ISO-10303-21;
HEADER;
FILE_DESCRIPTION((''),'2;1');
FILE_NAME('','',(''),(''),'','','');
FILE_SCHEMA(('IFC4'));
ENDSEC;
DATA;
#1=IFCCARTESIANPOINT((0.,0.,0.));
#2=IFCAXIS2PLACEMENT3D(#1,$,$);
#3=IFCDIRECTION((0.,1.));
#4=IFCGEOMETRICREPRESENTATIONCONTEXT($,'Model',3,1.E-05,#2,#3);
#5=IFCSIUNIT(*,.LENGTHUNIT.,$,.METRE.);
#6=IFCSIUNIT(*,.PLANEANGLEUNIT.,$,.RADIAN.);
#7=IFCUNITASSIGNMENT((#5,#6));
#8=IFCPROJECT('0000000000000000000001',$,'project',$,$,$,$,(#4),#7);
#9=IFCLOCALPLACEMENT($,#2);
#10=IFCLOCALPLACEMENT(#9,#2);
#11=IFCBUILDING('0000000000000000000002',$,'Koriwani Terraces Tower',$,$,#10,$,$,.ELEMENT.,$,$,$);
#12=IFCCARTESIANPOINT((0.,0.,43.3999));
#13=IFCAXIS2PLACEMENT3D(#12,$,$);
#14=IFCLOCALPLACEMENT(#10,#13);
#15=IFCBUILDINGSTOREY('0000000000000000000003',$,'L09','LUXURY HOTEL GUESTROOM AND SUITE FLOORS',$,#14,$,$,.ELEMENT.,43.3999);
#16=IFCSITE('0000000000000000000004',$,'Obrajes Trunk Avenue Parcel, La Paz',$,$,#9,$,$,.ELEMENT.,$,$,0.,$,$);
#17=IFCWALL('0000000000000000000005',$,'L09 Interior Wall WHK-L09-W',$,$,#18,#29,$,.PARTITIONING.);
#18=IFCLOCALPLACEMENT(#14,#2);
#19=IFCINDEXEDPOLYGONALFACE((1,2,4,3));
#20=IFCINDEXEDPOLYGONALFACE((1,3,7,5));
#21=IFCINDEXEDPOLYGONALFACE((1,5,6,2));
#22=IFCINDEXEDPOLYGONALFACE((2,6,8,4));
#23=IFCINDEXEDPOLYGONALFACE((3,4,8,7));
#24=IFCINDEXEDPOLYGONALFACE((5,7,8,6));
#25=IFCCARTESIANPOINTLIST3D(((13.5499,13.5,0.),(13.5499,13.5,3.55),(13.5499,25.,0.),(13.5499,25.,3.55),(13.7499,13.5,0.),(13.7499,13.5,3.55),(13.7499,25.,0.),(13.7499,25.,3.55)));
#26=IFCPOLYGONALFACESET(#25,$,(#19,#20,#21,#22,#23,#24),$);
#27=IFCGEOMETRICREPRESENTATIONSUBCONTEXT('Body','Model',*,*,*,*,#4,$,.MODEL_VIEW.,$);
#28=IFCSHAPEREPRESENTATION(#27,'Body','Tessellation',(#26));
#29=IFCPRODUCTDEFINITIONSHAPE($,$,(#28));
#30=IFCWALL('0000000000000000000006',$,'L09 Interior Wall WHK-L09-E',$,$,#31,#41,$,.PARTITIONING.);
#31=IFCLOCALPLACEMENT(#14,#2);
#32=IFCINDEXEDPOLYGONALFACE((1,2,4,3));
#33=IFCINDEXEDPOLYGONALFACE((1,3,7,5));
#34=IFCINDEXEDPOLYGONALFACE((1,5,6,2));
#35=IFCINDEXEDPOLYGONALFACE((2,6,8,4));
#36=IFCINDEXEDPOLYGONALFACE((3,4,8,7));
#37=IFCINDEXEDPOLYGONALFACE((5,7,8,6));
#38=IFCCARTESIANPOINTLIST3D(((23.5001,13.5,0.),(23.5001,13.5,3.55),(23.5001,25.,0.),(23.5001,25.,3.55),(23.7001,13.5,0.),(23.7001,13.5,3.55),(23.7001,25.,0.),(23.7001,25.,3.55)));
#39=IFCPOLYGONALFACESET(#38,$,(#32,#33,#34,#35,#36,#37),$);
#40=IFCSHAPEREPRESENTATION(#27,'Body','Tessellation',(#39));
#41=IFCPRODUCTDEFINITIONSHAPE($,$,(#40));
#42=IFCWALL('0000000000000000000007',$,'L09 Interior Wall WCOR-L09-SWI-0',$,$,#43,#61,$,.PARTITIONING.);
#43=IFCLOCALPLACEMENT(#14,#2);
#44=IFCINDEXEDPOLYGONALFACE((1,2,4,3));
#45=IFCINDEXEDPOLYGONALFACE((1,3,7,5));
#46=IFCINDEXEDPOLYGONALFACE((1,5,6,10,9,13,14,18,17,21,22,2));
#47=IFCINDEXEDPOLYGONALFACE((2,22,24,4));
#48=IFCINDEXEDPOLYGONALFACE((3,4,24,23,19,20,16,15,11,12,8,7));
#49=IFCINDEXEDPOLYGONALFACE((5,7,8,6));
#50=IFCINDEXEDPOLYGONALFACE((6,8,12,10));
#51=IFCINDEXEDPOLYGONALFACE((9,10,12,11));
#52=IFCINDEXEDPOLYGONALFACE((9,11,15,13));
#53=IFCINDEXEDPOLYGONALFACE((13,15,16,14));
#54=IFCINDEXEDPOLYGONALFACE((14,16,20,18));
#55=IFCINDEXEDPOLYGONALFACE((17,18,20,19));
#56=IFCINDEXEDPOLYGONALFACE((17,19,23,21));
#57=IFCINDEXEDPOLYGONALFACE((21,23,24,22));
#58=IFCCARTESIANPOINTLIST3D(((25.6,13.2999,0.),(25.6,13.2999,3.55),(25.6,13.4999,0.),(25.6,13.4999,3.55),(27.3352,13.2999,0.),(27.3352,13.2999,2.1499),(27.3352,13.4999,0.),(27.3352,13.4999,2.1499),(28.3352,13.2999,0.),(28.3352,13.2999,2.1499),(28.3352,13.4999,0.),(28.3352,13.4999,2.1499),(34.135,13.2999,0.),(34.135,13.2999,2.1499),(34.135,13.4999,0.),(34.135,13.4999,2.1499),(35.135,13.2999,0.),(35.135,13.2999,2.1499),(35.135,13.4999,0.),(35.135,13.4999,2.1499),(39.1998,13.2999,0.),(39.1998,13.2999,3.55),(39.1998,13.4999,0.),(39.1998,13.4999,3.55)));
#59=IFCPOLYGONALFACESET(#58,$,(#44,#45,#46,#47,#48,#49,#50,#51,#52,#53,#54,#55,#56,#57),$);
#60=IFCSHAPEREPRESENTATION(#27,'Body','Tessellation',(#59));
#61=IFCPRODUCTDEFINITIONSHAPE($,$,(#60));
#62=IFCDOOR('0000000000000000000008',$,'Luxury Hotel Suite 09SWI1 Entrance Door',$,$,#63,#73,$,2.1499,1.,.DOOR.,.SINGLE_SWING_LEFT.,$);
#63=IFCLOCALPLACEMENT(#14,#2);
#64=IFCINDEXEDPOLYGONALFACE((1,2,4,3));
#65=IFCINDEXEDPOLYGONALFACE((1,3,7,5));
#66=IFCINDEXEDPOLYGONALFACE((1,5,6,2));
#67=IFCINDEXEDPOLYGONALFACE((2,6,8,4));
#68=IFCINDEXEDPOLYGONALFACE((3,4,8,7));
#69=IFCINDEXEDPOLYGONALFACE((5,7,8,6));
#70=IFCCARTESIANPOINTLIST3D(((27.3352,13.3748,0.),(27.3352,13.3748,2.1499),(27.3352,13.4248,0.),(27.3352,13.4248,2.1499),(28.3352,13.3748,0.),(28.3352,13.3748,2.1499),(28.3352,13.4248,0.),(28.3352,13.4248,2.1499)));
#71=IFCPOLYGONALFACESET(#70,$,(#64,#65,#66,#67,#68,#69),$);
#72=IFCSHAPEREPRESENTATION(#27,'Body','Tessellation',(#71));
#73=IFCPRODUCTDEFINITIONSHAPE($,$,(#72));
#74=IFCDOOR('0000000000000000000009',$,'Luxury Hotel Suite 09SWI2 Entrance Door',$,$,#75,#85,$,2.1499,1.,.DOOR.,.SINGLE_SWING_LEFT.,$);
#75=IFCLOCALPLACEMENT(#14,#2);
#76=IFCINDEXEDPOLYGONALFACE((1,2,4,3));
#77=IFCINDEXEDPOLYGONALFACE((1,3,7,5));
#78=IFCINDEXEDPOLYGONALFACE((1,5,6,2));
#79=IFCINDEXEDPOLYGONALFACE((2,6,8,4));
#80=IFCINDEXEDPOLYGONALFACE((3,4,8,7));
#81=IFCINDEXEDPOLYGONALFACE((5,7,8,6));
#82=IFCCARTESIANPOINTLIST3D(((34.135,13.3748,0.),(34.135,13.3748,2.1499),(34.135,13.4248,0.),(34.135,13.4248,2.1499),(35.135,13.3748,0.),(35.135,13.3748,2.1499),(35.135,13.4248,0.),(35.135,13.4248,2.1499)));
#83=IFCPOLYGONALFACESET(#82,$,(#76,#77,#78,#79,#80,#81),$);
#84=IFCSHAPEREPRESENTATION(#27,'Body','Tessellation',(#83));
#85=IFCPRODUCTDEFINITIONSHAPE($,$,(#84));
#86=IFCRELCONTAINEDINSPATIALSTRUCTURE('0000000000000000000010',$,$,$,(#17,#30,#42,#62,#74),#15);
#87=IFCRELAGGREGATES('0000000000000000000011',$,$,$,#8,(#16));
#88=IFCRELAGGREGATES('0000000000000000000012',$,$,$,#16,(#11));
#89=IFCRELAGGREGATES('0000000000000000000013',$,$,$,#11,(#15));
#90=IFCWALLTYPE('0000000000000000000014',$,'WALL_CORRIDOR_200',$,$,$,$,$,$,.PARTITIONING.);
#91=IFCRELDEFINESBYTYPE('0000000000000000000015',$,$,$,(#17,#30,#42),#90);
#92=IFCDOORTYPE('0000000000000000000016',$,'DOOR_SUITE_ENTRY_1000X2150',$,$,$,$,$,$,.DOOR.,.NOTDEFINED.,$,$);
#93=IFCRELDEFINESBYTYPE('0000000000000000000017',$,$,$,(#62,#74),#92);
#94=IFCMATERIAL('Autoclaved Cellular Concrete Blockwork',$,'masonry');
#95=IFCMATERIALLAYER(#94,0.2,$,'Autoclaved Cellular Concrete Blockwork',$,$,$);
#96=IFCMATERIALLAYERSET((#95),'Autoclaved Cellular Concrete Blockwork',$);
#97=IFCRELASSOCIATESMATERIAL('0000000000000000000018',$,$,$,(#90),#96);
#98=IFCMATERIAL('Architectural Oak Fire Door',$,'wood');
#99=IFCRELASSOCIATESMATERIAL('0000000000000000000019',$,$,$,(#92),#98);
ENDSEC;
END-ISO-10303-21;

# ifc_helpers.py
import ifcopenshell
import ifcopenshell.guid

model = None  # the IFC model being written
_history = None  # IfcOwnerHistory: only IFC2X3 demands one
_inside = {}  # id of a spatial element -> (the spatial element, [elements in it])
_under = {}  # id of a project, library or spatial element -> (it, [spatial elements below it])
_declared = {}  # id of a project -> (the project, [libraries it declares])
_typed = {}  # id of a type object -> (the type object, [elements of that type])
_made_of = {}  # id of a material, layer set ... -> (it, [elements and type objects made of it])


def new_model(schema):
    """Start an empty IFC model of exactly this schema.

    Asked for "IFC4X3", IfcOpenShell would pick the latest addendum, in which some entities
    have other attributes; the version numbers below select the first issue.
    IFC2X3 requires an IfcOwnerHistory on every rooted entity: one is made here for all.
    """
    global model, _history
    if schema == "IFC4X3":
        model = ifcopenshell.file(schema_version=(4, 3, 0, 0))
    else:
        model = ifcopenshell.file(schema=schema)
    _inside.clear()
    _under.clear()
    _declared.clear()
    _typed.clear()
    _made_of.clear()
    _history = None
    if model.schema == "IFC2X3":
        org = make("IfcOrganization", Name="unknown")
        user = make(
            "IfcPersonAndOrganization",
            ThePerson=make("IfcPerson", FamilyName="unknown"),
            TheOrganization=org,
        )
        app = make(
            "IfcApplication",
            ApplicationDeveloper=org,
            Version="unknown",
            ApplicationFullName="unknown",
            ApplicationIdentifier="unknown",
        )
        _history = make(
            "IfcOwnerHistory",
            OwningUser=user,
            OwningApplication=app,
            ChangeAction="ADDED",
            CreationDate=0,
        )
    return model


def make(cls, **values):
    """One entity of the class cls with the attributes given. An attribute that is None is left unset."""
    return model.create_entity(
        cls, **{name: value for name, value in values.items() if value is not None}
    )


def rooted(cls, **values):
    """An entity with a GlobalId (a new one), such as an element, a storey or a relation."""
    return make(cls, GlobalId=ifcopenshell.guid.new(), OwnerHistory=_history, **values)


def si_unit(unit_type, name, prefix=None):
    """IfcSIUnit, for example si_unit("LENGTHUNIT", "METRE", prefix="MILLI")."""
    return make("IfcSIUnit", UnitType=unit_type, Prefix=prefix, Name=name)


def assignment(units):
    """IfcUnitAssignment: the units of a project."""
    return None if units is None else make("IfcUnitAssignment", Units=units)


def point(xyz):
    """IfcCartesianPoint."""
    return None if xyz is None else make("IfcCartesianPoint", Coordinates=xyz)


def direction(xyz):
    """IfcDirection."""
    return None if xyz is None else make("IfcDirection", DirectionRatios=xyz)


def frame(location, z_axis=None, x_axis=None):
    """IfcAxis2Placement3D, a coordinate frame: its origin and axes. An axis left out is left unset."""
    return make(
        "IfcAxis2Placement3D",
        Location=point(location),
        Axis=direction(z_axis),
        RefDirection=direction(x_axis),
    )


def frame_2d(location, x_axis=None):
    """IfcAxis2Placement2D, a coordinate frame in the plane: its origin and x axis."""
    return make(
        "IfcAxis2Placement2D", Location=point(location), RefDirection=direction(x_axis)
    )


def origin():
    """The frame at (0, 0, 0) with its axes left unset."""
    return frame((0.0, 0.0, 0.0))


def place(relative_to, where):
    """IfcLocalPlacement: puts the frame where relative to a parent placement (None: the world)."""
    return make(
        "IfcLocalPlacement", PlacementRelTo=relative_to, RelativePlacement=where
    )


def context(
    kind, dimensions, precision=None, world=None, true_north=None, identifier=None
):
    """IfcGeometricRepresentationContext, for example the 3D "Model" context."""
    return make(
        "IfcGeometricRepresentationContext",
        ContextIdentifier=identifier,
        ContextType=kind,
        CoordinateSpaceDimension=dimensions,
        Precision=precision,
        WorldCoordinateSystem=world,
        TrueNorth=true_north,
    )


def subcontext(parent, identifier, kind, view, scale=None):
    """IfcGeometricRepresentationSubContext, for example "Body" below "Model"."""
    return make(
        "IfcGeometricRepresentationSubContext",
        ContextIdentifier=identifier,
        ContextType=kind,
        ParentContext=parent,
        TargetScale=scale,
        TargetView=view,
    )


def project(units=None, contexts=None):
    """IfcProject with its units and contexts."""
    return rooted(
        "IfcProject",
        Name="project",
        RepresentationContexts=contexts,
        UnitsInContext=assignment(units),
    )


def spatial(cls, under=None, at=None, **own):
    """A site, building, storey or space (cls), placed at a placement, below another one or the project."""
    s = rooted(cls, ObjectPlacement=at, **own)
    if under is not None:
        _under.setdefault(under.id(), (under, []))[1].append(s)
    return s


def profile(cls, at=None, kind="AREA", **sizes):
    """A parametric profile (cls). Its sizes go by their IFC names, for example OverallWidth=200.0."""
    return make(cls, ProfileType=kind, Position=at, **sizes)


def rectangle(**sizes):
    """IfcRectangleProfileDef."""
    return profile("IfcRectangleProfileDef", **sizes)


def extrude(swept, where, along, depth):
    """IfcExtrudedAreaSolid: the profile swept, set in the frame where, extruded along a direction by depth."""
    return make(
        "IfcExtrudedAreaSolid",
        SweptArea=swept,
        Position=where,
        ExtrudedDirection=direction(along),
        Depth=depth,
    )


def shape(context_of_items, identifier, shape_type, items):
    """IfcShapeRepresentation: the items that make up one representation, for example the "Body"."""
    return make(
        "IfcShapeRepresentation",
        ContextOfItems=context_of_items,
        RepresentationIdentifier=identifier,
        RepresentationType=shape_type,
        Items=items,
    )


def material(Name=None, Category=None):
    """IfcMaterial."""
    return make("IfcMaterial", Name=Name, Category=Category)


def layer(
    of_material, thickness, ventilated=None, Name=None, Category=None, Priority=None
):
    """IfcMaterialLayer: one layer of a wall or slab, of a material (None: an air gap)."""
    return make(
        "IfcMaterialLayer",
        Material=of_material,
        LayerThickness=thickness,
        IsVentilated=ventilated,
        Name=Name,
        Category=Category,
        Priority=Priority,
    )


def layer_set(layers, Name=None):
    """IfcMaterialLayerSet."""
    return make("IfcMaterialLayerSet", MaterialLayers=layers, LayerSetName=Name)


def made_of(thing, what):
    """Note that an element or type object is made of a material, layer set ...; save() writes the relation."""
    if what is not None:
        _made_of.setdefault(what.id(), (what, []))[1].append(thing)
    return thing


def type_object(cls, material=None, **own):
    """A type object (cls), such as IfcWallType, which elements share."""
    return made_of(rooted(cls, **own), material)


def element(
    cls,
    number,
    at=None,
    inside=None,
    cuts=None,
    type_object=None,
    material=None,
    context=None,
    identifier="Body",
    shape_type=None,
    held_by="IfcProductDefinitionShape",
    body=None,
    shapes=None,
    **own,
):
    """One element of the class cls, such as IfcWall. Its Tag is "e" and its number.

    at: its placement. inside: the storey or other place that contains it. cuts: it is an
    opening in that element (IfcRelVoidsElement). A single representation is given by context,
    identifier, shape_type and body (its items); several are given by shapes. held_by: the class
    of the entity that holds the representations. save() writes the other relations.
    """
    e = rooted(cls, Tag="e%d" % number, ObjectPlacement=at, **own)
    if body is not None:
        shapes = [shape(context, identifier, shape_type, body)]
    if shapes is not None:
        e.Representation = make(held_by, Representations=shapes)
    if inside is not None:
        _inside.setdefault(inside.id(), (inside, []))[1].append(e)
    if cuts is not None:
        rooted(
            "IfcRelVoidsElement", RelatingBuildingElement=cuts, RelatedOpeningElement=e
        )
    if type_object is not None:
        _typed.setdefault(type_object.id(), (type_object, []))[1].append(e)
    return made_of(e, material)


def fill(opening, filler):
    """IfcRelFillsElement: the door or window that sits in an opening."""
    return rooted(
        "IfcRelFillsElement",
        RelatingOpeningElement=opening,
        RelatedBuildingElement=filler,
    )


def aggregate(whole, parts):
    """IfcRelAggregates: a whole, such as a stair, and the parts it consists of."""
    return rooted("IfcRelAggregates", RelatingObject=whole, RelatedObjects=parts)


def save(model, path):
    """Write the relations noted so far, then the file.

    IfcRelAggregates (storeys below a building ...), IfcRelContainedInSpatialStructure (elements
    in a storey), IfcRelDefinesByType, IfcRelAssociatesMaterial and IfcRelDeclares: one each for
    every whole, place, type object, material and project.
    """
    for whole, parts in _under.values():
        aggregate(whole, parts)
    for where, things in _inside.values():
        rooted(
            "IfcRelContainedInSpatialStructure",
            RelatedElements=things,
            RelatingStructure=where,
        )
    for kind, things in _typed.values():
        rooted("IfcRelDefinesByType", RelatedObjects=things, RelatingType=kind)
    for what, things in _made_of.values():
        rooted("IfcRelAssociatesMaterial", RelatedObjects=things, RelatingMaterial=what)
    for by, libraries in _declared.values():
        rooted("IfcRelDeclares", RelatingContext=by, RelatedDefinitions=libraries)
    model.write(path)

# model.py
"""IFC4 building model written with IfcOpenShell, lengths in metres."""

from ifc_helpers import new_model, si_unit, direction, frame, frame_2d, origin, place, context, subcontext, project, spatial, rectangle, extrude, material, layer, layer_set, type_object, element, fill, save


model = new_model("IFC4")

# Units and contexts
model_context = context("Model", 3, precision=1e-05, world=origin(), true_north=direction((0.0, 1.0)))
body_context = subcontext(model_context, "Body", "Model", "MODEL_VIEW")
ifc_project = project(units=[si_unit("LENGTHUNIT", "METRE"), si_unit("PLANEANGLEUNIT", "RADIAN")], contexts=[model_context])

# Site, building, storey
site_placement = place(None, origin())
site = spatial("IfcSite", under=ifc_project, at=site_placement, Name="Obrajes Trunk Avenue Parcel, La Paz", CompositionType="ELEMENT", RefElevation=0.0)
building_placement = place(site_placement, origin())
building = spatial("IfcBuilding", under=site, at=building_placement, Name="Koriwani Terraces Tower", CompositionType="ELEMENT")
storey_placement = place(building_placement, frame((0.0, 0.0, 43.3999)))
storey = spatial("IfcBuildingStorey", under=building, at=storey_placement, Name="L09", Description="LUXURY HOTEL GUESTROOM AND SUITE FLOORS", CompositionType="ELEMENT", Elevation=43.3999)

# Shared definitions
ifc_material_1 = material(Name="Autoclaved Cellular Concrete Blockwork", Category="masonry")
ifc_layer_1 = layer(ifc_material_1, 0.2, Name="Autoclaved Cellular Concrete Blockwork")
ifc_layer_set_1 = layer_set([ifc_layer_1], Name="Autoclaved Cellular Concrete Blockwork")
wall_type_1 = type_object("IfcWallType", Name="WALL_CORRIDOR_200", PredefinedType="PARTITIONING", material=ifc_layer_set_1)
ifc_material_2 = material(Name="Architectural Oak Fire Door", Category="wood")

# Walls
for number, where, z_axis, x_axis, name in (
    (1, (13.6499, 13.5, 0.0), (0.0, 0.0, 1.0), (0.0, 1.0, 0.0), "L09 Interior Wall WHK-L09-W"),
    (2, (23.6001, 13.5, 0.0), (0.0, 0.0, 1.0), (0.0, 1.0, 0.0), "L09 Interior Wall WHK-L09-E"),
):
    element("IfcWall", number, at=place(storey_placement, frame(where, z_axis=z_axis, x_axis=x_axis)), inside=storey, type_object=wall_type_1, Name=name, PredefinedType="PARTITIONING", context=body_context, shape_type="SweptSolid", body=[
        extrude(rectangle(XDim=11.5, YDim=0.2, at=frame_2d((5.75, 0.0))), origin(), (0.0, 0.0, 1.0), 3.55),
    ])

# Wall, openings, doors
wall_1_placement = place(storey_placement, frame((25.6001, 13.3999, 0.0), z_axis=(0.0, 0.0, 1.0), x_axis=(1.0, 0.0, 0.0)))
wall_1 = element("IfcWall", 3, at=wall_1_placement, inside=storey, type_object=wall_type_1, Name="L09 Interior Wall WCOR-L09-SWI-0", PredefinedType="PARTITIONING", context=body_context, shape_type="SweptSolid", body=[
    extrude(rectangle(XDim=13.5999, YDim=0.2, at=frame_2d((6.7998, 0.0))), origin(), (0.0, 0.0, 1.0), 3.55),
])
opening_1_placement = place(wall_1_placement, frame((1.7351, 0.0, 0.0)))
opening_1 = element("IfcOpeningElement", 4, at=opening_1_placement, cuts=wall_1, PredefinedType="OPENING", context=body_context, shape_type="SweptSolid", body=[
    extrude(rectangle(XDim=1.0, YDim=2.1499, at=frame_2d((0.5, 1.075))), frame((0.0, 0.1099, 0.0), z_axis=(0.0, -1.0, 0.0), x_axis=(1.0, 0.0, 0.0)), (0.0, 0.0, 1.0), 0.22),
])
opening_2_placement = place(wall_1_placement, frame((8.5349, 0.0, 0.0)))
opening_2 = element("IfcOpeningElement", 5, at=opening_2_placement, cuts=wall_1, PredefinedType="OPENING", context=body_context, shape_type="SweptSolid", body=[
    extrude(rectangle(XDim=1.0, YDim=2.1499, at=frame_2d((0.5, 1.075))), frame((0.0, 0.1099, 0.0), z_axis=(0.0, -1.0, 0.0), x_axis=(1.0, 0.0, 0.0)), (0.0, 0.0, 1.0), 0.22),
])
door_type_1 = type_object("IfcDoorType", Name="DOOR_SUITE_ENTRY_1000X2150", OperationType="NOTDEFINED", PredefinedType="DOOR", material=ifc_material_2)
door_1_placement = place(opening_1_placement, origin())
door_1 = element("IfcDoor", 6, at=door_1_placement, inside=storey, type_object=door_type_1, Name="Luxury Hotel Suite 09SWI1 Entrance Door", OperationType="SINGLE_SWING_LEFT", OverallHeight=2.1499, OverallWidth=1.0, PredefinedType="DOOR", context=body_context, shape_type="SweptSolid", body=[
    extrude(rectangle(XDim=1.0, YDim=2.1499, at=frame_2d((0.5, 1.075))), frame((0.0, 0.0249, 0.0), z_axis=(0.0, -1.0, 0.0), x_axis=(1.0, 0.0, 0.0)), (0.0, 0.0, 1.0), 0.05),
])
fill(opening_1, door_1)
door_2_placement = place(opening_2_placement, origin())
door_2 = element("IfcDoor", 7, at=door_2_placement, inside=storey, type_object=door_type_1, Name="Luxury Hotel Suite 09SWI2 Entrance Door", OperationType="SINGLE_SWING_LEFT", OverallHeight=2.1499, OverallWidth=1.0, PredefinedType="DOOR", context=body_context, shape_type="SweptSolid", body=[
    extrude(rectangle(XDim=1.0, YDim=2.1499, at=frame_2d((0.5, 1.075))), frame((0.0, 0.0249, 0.0), z_axis=(0.0, -1.0, 0.0), x_axis=(1.0, 0.0, 0.0)), (0.0, 0.0, 1.0), 0.05),
])
fill(opening_2, door_2)

save(model, "model.ifc")
